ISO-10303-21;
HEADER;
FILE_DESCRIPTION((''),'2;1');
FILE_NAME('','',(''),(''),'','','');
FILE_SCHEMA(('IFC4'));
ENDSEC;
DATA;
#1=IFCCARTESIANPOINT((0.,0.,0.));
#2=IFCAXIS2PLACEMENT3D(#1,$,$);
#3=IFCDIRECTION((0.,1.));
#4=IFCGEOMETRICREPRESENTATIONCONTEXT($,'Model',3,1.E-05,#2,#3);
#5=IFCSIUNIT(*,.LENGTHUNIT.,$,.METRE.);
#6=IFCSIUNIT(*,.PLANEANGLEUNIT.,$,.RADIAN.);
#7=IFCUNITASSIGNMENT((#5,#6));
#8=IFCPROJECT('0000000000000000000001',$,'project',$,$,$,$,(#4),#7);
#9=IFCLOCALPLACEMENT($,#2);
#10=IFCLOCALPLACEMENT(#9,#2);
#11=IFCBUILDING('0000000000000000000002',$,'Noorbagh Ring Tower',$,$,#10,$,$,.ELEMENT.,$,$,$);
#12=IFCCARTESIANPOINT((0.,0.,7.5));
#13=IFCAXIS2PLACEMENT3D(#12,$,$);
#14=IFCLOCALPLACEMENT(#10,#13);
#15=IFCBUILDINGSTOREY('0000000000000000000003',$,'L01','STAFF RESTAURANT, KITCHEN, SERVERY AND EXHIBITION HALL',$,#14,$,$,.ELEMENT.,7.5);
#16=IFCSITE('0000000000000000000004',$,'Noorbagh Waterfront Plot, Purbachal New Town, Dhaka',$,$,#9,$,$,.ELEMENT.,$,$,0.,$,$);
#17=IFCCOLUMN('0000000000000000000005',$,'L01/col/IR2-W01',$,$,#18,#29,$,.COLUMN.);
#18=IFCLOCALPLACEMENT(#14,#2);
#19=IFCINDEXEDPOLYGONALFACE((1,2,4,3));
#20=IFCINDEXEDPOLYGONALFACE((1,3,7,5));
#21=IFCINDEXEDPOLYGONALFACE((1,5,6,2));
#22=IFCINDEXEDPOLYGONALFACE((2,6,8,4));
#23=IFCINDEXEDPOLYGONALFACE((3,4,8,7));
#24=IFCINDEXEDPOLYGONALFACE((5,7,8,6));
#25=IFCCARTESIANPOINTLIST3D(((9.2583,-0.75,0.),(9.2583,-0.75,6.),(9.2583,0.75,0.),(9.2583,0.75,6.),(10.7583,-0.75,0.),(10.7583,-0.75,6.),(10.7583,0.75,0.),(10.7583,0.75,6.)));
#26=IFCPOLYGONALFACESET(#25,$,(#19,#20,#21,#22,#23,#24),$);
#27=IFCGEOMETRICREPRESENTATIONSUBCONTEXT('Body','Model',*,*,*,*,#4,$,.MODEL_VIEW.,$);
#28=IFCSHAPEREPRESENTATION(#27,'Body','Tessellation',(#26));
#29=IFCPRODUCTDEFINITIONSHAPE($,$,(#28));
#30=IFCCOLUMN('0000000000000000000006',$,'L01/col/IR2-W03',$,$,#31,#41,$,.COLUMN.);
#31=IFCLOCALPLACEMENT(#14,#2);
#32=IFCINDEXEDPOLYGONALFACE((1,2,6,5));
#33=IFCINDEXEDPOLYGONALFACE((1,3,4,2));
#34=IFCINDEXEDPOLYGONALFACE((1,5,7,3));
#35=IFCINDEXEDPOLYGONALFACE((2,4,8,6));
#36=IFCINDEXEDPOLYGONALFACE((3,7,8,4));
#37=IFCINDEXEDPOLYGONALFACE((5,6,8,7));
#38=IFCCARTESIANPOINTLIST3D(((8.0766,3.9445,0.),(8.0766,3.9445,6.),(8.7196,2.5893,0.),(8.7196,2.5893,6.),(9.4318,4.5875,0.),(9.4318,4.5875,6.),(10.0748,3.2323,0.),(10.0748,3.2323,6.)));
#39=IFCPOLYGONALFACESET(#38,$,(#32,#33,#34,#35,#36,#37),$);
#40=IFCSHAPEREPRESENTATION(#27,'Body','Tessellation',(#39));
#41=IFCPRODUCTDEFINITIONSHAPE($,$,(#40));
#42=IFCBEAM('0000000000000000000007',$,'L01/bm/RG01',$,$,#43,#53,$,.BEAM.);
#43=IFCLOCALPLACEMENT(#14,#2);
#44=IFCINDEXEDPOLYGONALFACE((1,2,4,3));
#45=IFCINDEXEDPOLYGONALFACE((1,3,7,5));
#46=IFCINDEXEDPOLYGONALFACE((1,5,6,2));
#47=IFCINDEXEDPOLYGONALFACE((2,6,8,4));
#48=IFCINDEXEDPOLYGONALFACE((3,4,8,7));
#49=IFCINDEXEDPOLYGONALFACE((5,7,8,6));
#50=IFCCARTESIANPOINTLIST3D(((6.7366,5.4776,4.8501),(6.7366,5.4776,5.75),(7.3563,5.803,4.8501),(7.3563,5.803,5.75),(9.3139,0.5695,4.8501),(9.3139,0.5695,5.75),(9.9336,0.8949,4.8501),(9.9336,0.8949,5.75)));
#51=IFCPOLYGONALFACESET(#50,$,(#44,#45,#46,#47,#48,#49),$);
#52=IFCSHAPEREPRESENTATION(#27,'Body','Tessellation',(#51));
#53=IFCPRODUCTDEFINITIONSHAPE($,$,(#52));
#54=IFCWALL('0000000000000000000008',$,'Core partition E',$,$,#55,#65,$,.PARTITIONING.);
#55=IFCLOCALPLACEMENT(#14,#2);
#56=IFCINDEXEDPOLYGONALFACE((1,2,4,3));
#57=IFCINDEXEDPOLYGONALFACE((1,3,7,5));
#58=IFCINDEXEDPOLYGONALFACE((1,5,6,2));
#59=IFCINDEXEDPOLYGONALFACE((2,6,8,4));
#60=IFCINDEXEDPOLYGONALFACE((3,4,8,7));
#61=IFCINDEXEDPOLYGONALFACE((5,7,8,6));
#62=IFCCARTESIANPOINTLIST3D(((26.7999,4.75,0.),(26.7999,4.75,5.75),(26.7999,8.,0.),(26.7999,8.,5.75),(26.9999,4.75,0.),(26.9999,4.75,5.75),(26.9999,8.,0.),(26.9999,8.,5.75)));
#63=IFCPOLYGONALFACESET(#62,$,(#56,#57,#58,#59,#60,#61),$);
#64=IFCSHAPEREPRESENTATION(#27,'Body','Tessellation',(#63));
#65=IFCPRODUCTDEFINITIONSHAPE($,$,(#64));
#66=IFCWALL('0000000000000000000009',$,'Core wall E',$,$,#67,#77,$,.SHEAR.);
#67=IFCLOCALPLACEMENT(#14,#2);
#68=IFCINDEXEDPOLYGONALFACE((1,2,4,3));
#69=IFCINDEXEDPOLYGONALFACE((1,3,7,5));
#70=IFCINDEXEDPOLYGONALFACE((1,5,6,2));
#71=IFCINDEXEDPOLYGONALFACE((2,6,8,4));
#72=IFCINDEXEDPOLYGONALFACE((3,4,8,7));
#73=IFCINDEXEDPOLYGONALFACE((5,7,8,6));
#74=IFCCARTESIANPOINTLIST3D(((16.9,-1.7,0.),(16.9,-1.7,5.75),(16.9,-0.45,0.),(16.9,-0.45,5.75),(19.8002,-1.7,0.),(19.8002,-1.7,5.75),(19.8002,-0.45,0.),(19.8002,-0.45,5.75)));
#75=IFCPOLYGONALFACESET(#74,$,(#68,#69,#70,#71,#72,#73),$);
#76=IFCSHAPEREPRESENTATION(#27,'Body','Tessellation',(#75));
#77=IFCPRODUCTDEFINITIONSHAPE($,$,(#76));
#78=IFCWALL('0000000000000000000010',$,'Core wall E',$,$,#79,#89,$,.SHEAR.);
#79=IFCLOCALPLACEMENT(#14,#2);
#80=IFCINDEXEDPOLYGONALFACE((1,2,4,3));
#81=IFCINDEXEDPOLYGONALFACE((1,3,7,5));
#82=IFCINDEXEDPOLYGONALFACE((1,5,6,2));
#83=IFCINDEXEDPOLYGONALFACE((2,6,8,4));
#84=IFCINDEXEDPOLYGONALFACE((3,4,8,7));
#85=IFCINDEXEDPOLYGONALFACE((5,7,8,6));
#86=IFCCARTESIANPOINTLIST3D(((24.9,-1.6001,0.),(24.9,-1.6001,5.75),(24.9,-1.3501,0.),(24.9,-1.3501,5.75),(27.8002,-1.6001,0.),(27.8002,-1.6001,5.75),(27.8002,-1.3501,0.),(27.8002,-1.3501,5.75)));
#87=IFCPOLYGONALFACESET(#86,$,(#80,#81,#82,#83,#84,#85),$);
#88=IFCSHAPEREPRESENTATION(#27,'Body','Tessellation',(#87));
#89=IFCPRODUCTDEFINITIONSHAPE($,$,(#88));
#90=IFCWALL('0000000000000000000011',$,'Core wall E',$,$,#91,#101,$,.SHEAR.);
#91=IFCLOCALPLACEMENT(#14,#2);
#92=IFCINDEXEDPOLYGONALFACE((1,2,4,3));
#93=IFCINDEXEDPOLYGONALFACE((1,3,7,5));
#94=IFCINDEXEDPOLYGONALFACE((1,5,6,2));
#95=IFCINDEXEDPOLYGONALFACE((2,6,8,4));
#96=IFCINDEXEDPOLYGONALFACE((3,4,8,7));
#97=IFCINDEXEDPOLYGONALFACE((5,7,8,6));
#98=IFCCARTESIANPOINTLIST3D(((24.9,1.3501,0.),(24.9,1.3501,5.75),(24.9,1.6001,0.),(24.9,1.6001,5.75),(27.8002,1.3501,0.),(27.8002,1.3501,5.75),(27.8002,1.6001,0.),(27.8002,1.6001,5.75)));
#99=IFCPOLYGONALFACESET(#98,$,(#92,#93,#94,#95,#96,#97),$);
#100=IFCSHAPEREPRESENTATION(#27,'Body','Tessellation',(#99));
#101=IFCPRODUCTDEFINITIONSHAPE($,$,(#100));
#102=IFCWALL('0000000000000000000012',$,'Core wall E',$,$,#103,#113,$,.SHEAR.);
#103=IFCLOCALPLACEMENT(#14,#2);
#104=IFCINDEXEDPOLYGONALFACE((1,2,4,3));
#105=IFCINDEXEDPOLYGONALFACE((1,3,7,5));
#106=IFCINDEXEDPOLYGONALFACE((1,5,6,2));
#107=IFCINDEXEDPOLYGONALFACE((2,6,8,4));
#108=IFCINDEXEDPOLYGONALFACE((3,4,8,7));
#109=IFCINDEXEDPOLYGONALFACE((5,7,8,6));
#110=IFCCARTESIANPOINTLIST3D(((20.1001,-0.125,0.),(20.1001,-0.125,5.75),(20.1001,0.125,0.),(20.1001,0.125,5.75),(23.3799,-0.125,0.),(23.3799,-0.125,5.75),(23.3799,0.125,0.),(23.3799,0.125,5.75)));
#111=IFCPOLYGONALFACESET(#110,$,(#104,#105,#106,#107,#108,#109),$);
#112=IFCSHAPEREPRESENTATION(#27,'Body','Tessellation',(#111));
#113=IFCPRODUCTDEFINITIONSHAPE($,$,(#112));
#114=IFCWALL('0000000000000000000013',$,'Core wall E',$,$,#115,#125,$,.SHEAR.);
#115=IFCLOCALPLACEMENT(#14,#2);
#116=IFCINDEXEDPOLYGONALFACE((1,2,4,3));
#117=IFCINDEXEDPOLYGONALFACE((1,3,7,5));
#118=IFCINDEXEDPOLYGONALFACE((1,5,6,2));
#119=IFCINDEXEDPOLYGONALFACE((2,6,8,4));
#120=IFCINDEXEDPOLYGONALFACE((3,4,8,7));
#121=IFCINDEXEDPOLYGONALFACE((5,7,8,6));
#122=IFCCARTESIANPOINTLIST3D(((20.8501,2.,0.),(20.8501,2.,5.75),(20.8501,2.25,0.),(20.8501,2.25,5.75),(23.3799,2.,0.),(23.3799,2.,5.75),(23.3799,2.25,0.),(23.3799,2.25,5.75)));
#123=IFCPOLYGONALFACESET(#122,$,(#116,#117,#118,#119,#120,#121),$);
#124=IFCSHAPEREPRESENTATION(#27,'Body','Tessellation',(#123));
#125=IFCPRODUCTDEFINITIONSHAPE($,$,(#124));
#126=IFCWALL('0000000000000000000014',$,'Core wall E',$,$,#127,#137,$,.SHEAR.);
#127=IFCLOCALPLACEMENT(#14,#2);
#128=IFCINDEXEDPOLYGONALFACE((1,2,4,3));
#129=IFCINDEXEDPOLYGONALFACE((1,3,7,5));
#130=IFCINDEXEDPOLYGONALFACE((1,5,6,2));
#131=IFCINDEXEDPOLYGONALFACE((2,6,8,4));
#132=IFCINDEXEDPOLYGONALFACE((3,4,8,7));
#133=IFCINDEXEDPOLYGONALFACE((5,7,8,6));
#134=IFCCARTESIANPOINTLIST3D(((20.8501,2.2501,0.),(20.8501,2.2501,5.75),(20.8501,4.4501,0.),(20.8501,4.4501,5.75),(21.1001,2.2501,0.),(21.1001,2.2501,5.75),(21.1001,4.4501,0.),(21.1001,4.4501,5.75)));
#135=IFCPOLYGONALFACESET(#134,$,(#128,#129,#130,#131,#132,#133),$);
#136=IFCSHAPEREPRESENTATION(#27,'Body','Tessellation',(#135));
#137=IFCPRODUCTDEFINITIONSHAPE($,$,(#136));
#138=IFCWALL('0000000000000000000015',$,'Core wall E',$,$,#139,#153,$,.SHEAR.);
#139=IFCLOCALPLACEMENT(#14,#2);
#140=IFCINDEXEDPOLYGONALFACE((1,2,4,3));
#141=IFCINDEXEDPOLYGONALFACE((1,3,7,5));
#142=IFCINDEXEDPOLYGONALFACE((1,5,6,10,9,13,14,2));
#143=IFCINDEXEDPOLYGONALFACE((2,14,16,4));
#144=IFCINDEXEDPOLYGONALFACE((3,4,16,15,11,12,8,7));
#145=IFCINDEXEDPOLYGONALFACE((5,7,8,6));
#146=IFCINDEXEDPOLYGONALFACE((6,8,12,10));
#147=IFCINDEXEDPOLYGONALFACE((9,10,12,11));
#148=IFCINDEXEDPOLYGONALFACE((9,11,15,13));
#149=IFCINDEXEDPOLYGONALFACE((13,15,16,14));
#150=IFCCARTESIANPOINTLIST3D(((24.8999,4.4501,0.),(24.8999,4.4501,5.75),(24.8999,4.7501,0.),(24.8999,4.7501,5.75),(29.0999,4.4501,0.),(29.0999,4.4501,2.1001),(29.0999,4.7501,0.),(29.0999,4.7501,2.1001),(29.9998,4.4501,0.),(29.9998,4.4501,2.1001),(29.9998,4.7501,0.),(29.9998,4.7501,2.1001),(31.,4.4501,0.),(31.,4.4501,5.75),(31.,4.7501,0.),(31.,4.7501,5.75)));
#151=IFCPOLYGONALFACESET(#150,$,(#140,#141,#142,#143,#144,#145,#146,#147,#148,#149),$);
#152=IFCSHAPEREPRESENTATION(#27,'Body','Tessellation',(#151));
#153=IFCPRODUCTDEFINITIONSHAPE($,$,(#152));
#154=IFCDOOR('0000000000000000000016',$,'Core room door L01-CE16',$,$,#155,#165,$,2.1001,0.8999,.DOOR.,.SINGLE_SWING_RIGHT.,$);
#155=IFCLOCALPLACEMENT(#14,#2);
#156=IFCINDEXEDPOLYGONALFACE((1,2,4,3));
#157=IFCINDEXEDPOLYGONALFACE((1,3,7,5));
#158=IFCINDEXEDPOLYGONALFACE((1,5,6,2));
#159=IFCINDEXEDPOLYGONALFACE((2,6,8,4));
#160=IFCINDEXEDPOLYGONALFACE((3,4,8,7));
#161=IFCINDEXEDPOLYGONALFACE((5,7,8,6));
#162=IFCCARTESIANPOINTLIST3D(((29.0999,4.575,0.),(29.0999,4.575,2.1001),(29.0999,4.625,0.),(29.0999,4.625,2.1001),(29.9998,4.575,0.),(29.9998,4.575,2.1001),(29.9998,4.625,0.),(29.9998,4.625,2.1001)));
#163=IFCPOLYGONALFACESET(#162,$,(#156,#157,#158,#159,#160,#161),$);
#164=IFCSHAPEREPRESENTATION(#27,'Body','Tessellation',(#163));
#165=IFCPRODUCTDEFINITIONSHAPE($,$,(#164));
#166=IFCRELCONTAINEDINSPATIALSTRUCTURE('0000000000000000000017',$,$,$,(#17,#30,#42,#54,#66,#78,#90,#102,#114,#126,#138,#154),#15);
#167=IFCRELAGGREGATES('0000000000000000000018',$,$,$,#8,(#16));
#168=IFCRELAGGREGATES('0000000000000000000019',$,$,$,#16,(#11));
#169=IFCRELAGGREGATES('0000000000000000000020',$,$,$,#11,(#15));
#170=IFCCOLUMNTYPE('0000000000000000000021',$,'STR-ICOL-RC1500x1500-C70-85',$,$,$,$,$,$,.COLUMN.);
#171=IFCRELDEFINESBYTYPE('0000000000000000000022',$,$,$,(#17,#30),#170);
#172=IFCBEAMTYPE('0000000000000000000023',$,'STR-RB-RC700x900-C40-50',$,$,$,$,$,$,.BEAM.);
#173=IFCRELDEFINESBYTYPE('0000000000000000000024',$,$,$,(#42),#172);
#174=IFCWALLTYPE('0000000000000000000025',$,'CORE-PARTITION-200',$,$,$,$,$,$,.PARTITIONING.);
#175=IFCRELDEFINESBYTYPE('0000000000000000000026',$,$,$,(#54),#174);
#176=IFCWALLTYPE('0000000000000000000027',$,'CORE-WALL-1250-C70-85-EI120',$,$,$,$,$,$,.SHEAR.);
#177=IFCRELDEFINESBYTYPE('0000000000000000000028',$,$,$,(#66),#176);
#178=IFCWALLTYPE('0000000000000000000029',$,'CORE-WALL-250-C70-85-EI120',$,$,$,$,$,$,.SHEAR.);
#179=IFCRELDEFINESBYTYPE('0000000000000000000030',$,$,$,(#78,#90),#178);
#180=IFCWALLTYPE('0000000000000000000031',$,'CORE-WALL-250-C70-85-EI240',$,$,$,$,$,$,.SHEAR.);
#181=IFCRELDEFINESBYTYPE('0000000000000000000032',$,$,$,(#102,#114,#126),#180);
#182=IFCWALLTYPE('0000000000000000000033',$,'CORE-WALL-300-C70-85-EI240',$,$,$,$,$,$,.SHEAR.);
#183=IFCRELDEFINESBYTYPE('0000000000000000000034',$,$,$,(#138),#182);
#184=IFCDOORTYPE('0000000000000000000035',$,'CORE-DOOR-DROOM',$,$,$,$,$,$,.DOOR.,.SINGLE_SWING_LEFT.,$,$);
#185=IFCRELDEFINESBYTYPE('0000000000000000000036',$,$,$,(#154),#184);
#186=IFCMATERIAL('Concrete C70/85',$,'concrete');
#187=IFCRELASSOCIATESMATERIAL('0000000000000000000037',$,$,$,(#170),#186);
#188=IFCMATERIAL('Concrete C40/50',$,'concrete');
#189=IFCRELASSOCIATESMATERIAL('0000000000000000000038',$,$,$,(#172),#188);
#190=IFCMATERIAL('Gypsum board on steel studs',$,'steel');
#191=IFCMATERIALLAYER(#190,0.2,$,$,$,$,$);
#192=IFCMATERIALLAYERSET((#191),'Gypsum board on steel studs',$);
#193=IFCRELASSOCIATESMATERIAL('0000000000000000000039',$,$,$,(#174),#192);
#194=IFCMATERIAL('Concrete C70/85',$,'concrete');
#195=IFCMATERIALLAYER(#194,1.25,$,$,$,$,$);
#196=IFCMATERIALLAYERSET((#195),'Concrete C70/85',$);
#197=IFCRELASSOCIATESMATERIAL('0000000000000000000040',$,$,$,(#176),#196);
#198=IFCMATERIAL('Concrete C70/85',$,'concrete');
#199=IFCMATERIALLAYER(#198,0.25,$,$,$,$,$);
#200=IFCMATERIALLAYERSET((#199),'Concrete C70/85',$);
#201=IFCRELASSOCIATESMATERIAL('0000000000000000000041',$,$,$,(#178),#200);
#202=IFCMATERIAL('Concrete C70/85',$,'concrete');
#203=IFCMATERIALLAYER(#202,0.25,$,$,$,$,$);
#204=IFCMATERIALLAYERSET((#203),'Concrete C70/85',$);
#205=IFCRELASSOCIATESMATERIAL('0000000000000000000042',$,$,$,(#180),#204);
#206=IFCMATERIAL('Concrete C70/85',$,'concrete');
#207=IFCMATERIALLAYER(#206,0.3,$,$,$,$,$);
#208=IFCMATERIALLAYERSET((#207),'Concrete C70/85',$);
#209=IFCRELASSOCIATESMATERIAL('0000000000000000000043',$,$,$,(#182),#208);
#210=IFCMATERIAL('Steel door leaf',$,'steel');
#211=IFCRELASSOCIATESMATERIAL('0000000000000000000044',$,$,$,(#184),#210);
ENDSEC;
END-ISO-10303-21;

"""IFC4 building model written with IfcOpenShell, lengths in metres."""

from ifc_helpers import new_model, si_unit, direction, frame, frame_2d, origin, origin_2d, place, context, subcontext, project, spatial, rectangle, extrude, material, layer, layer_set, material_profile, profile_set, type_object, element, fill, save


model = new_model("IFC4")

# Units and contexts
model_context = context("Model", 3, precision=1e-05, world=origin(), true_north=direction((0.0, 1.0)))
body_context = subcontext(model_context, "Body", "Model", "MODEL_VIEW")
ifc_project = project(units=[si_unit("LENGTHUNIT", "METRE"), si_unit("PLANEANGLEUNIT", "RADIAN")], contexts=[model_context])

# Site, building, storey
site_placement = place(None, origin())
site = spatial("IfcSite", under=ifc_project, at=site_placement, Name="Noorbagh Waterfront Plot, Purbachal New Town, Dhaka", CompositionType="ELEMENT", RefElevation=0.0)
building_placement = place(site_placement, origin())
building = spatial("IfcBuilding", under=site, at=building_placement, Name="Noorbagh Ring Tower", CompositionType="ELEMENT")
storey_placement = place(building_placement, frame((0.0, 0.0, 7.5)))
storey = spatial("IfcBuildingStorey", under=building, at=storey_placement, Name="L01", Description="STAFF RESTAURANT, KITCHEN, SERVERY AND EXHIBITION HALL", CompositionType="ELEMENT", Elevation=7.5)

# Columns
ifc_material_1 = material(Name="Concrete C70/85", Category="concrete")
ifc_material_profile_1 = material_profile(ifc_material_1, rectangle(XDim=1.5, YDim=1.5, at=origin_2d()), Name="RC1500x1500")
ifc_profile_set_1 = profile_set([ifc_material_profile_1], Name="Concrete C70/85")
column_type = type_object("IfcColumnType", Name="STR-ICOL-RC1500x1500-C70-85", PredefinedType="COLUMN", material=ifc_profile_set_1)
for number, where, z_axis, x_axis, name in (
    (1, (10.0083, 0.0, 0.0), (0.0, 0.0, 1.0), (0.0, 1.0, 0.0), "L01/col/IR2-W01"),
    (2, (9.0757, 3.5884, 0.0), (0.0, 0.0, 1.0), (-0.428667, 0.903463, 0.0), "L01/col/IR2-W03"),
):
    element("IfcColumn", number, at=place(storey_placement, frame(where, z_axis=z_axis, x_axis=x_axis)), inside=storey, type_object=column_type, Name=name, PredefinedType="COLUMN", context=body_context, shape_type="SweptSolid", body=[
        extrude(rectangle(XDim=1.5, YDim=1.5, at=origin_2d()), origin(), (0.0, 0.0, 1.0), 6.0),
    ])

# Beam
ifc_material_2 = material(Name="Concrete C40/50", Category="concrete")
ifc_material_profile_2 = material_profile(ifc_material_2, rectangle(XDim=0.7, YDim=0.8999, at=origin_2d()), Name="RC700x900")
ifc_profile_set_2 = profile_set([ifc_material_profile_2], Name="Concrete C40/50")
beam_type = type_object("IfcBeamType", Name="STR-RB-RC700x900-C40-50", PredefinedType="BEAM", material=ifc_profile_set_2)
beam_placement = place(storey_placement, frame((9.6238, 0.7322, 5.3), z_axis=(-0.464917, 0.885354, 0.0), x_axis=(-0.885354, -0.464917, 0.0)))
element("IfcBeam", 3, at=beam_placement, inside=storey, type_object=beam_type, Name="L01/bm/RG01", PredefinedType="BEAM", context=body_context, shape_type="SweptSolid", body=[
    extrude(rectangle(XDim=0.7, YDim=0.8999, at=origin_2d()), origin(), (0.0, 0.0, 1.0), 5.5437),
])

# Walls
ifc_material_3 = material(Name="Gypsum board on steel studs", Category="steel")
ifc_layer_1 = layer(ifc_material_3, 0.2)
ifc_layer_set_1 = layer_set([ifc_layer_1], Name="Gypsum board on steel studs")
wall_type_1 = type_object("IfcWallType", Name="CORE-PARTITION-200", PredefinedType="PARTITIONING", material=ifc_layer_set_1)
wall_1_placement = place(storey_placement, frame((26.8999, 4.75, 0.0), z_axis=(0.0, 0.0, 1.0), x_axis=(0.0, 1.0, 0.0)))
element("IfcWall", 4, at=wall_1_placement, inside=storey, type_object=wall_type_1, Name="Core partition E", PredefinedType="PARTITIONING", context=body_context, shape_type="SweptSolid", body=[
    extrude(rectangle(XDim=3.25, YDim=0.2, at=frame_2d((1.625, 0.0))), origin(), (0.0, 0.0, 1.0), 5.75),
])
ifc_material_4 = material(Name="Concrete C70/85", Category="concrete")
ifc_layer_2 = layer(ifc_material_4, 1.25)
ifc_layer_set_2 = layer_set([ifc_layer_2], Name="Concrete C70/85")
wall_type_2 = type_object("IfcWallType", Name="CORE-WALL-1250-C70-85-EI120", PredefinedType="SHEAR", material=ifc_layer_set_2)
wall_2_placement = place(storey_placement, frame((16.8999, -1.075, 0.0), z_axis=(0.0, 0.0, 1.0), x_axis=(1.0, 0.0, 0.0)))
element("IfcWall", 5, at=wall_2_placement, inside=storey, type_object=wall_type_2, Name="Core wall E", PredefinedType="SHEAR", context=body_context, shape_type="SweptSolid", body=[
    extrude(rectangle(XDim=2.9001, YDim=1.25, at=frame_2d((1.4502, 0.0))), origin(), (0.0, 0.0, 1.0), 5.75),
])
ifc_material_5 = material(Name="Concrete C70/85", Category="concrete")
ifc_layer_3 = layer(ifc_material_5, 0.25)
ifc_layer_set_3 = layer_set([ifc_layer_3], Name="Concrete C70/85")
wall_type_3 = type_object("IfcWallType", Name="CORE-WALL-250-C70-85-EI120", PredefinedType="SHEAR", material=ifc_layer_set_3)
for number, where, z_axis, x_axis, name in (
    (6, (24.8999, -1.4751, 0.0), (0.0, 0.0, 1.0), (1.0, 0.0, 0.0), "Core wall E"),
    (7, (24.8999, 1.4751, 0.0), (0.0, 0.0, 1.0), (1.0, 0.0, 0.0), "Core wall E"),
):
    element("IfcWall", number, at=place(storey_placement, frame(where, z_axis=z_axis, x_axis=x_axis)), inside=storey, type_object=wall_type_3, Name=name, PredefinedType="SHEAR", context=body_context, shape_type="SweptSolid", body=[
        extrude(rectangle(XDim=2.9001, YDim=0.25, at=frame_2d((1.4502, 0.0))), origin(), (0.0, 0.0, 1.0), 5.75),
    ])
ifc_material_6 = material(Name="Concrete C70/85", Category="concrete")
ifc_layer_4 = layer(ifc_material_6, 0.25)
ifc_layer_set_4 = layer_set([ifc_layer_4], Name="Concrete C70/85")
wall_type_4 = type_object("IfcWallType", Name="CORE-WALL-250-C70-85-EI240", PredefinedType="SHEAR", material=ifc_layer_set_4)
wall_3_placement = place(storey_placement, frame((20.1001, 0.0, 0.0), z_axis=(0.0, 0.0, 1.0), x_axis=(1.0, 0.0, 0.0)))
element("IfcWall", 8, at=wall_3_placement, inside=storey, type_object=wall_type_4, Name="Core wall E", PredefinedType="SHEAR", context=body_context, shape_type="SweptSolid", body=[
    extrude(rectangle(XDim=3.2798, YDim=0.25, at=frame_2d((1.6399, 0.0))), origin(), (0.0, 0.0, 1.0), 5.75),
])
wall_4_placement = place(storey_placement, frame((20.8501, 2.125, 0.0), z_axis=(0.0, 0.0, 1.0), x_axis=(1.0, 0.0, 0.0)))
element("IfcWall", 9, at=wall_4_placement, inside=storey, type_object=wall_type_4, Name="Core wall E", PredefinedType="SHEAR", context=body_context, shape_type="SweptSolid", body=[
    extrude(rectangle(XDim=2.5298, YDim=0.25, at=frame_2d((1.2649, 0.0))), origin(), (0.0, 0.0, 1.0), 5.75),
])
wall_5_placement = place(storey_placement, frame((20.9751, 2.25, 0.0), z_axis=(0.0, 0.0, 1.0), x_axis=(0.0, 1.0, 0.0)))
element("IfcWall", 10, at=wall_5_placement, inside=storey, type_object=wall_type_4, Name="Core wall E", PredefinedType="SHEAR", context=body_context, shape_type="SweptSolid", body=[
    extrude(rectangle(XDim=2.2, YDim=0.25, at=frame_2d((1.1001, 0.0))), origin(), (0.0, 0.0, 1.0), 5.75),
])

# Wall, opening, door
ifc_material_7 = material(Name="Concrete C70/85", Category="concrete")
ifc_layer_5 = layer(ifc_material_7, 0.3)
ifc_layer_set_5 = layer_set([ifc_layer_5], Name="Concrete C70/85")
wall_type_5 = type_object("IfcWallType", Name="CORE-WALL-300-C70-85-EI240", PredefinedType="SHEAR", material=ifc_layer_set_5)
wall_6_placement = place(storey_placement, frame((24.8999, 4.6001, 0.0), z_axis=(0.0, 0.0, 1.0), x_axis=(1.0, 0.0, 0.0)))
wall_6 = element("IfcWall", 11, at=wall_6_placement, inside=storey, type_object=wall_type_5, Name="Core wall E", PredefinedType="SHEAR", context=body_context, shape_type="SweptSolid", body=[
    extrude(rectangle(XDim=6.1001, YDim=0.3, at=frame_2d((3.05, 0.0))), origin(), (0.0, 0.0, 1.0), 5.75),
])
opening_1_placement = place(wall_6_placement, frame((4.2, 0.0, 0.0)))
opening_1 = element("IfcOpeningElement", 12, at=opening_1_placement, cuts=wall_6, PredefinedType="OPENING", context=body_context, shape_type="SweptSolid", body=[
    extrude(rectangle(XDim=0.8999, YDim=2.1001, at=frame_2d((0.45, 1.05))), frame((0.0, 0.1602, 0.0), z_axis=(0.0, -1.0, 0.0), x_axis=(1.0, 0.0, 0.0)), (0.0, 0.0, 1.0), 0.3201),
])
ifc_material_8 = material(Name="Steel door leaf", Category="steel")
door_type_1 = type_object("IfcDoorType", Name="CORE-DOOR-DROOM", OperationType="SINGLE_SWING_LEFT", PredefinedType="DOOR", material=ifc_material_8)
door_1_placement = place(opening_1_placement, origin())
door_1 = element("IfcDoor", 13, at=door_1_placement, inside=storey, type_object=door_type_1, Name="Core room door L01-CE16", OperationType="SINGLE_SWING_RIGHT", OverallHeight=2.1001, OverallWidth=0.8999, PredefinedType="DOOR", context=body_context, shape_type="SweptSolid", body=[
    extrude(rectangle(XDim=0.8999, YDim=2.1001, at=frame_2d((0.45, 1.05))), frame((0.0, 0.0249, 0.0), z_axis=(0.0, -1.0, 0.0), x_axis=(1.0, 0.0, 0.0)), (0.0, 0.0, 1.0), 0.05),
])
fill(opening_1, door_1)

save(model, "model.ifc")
